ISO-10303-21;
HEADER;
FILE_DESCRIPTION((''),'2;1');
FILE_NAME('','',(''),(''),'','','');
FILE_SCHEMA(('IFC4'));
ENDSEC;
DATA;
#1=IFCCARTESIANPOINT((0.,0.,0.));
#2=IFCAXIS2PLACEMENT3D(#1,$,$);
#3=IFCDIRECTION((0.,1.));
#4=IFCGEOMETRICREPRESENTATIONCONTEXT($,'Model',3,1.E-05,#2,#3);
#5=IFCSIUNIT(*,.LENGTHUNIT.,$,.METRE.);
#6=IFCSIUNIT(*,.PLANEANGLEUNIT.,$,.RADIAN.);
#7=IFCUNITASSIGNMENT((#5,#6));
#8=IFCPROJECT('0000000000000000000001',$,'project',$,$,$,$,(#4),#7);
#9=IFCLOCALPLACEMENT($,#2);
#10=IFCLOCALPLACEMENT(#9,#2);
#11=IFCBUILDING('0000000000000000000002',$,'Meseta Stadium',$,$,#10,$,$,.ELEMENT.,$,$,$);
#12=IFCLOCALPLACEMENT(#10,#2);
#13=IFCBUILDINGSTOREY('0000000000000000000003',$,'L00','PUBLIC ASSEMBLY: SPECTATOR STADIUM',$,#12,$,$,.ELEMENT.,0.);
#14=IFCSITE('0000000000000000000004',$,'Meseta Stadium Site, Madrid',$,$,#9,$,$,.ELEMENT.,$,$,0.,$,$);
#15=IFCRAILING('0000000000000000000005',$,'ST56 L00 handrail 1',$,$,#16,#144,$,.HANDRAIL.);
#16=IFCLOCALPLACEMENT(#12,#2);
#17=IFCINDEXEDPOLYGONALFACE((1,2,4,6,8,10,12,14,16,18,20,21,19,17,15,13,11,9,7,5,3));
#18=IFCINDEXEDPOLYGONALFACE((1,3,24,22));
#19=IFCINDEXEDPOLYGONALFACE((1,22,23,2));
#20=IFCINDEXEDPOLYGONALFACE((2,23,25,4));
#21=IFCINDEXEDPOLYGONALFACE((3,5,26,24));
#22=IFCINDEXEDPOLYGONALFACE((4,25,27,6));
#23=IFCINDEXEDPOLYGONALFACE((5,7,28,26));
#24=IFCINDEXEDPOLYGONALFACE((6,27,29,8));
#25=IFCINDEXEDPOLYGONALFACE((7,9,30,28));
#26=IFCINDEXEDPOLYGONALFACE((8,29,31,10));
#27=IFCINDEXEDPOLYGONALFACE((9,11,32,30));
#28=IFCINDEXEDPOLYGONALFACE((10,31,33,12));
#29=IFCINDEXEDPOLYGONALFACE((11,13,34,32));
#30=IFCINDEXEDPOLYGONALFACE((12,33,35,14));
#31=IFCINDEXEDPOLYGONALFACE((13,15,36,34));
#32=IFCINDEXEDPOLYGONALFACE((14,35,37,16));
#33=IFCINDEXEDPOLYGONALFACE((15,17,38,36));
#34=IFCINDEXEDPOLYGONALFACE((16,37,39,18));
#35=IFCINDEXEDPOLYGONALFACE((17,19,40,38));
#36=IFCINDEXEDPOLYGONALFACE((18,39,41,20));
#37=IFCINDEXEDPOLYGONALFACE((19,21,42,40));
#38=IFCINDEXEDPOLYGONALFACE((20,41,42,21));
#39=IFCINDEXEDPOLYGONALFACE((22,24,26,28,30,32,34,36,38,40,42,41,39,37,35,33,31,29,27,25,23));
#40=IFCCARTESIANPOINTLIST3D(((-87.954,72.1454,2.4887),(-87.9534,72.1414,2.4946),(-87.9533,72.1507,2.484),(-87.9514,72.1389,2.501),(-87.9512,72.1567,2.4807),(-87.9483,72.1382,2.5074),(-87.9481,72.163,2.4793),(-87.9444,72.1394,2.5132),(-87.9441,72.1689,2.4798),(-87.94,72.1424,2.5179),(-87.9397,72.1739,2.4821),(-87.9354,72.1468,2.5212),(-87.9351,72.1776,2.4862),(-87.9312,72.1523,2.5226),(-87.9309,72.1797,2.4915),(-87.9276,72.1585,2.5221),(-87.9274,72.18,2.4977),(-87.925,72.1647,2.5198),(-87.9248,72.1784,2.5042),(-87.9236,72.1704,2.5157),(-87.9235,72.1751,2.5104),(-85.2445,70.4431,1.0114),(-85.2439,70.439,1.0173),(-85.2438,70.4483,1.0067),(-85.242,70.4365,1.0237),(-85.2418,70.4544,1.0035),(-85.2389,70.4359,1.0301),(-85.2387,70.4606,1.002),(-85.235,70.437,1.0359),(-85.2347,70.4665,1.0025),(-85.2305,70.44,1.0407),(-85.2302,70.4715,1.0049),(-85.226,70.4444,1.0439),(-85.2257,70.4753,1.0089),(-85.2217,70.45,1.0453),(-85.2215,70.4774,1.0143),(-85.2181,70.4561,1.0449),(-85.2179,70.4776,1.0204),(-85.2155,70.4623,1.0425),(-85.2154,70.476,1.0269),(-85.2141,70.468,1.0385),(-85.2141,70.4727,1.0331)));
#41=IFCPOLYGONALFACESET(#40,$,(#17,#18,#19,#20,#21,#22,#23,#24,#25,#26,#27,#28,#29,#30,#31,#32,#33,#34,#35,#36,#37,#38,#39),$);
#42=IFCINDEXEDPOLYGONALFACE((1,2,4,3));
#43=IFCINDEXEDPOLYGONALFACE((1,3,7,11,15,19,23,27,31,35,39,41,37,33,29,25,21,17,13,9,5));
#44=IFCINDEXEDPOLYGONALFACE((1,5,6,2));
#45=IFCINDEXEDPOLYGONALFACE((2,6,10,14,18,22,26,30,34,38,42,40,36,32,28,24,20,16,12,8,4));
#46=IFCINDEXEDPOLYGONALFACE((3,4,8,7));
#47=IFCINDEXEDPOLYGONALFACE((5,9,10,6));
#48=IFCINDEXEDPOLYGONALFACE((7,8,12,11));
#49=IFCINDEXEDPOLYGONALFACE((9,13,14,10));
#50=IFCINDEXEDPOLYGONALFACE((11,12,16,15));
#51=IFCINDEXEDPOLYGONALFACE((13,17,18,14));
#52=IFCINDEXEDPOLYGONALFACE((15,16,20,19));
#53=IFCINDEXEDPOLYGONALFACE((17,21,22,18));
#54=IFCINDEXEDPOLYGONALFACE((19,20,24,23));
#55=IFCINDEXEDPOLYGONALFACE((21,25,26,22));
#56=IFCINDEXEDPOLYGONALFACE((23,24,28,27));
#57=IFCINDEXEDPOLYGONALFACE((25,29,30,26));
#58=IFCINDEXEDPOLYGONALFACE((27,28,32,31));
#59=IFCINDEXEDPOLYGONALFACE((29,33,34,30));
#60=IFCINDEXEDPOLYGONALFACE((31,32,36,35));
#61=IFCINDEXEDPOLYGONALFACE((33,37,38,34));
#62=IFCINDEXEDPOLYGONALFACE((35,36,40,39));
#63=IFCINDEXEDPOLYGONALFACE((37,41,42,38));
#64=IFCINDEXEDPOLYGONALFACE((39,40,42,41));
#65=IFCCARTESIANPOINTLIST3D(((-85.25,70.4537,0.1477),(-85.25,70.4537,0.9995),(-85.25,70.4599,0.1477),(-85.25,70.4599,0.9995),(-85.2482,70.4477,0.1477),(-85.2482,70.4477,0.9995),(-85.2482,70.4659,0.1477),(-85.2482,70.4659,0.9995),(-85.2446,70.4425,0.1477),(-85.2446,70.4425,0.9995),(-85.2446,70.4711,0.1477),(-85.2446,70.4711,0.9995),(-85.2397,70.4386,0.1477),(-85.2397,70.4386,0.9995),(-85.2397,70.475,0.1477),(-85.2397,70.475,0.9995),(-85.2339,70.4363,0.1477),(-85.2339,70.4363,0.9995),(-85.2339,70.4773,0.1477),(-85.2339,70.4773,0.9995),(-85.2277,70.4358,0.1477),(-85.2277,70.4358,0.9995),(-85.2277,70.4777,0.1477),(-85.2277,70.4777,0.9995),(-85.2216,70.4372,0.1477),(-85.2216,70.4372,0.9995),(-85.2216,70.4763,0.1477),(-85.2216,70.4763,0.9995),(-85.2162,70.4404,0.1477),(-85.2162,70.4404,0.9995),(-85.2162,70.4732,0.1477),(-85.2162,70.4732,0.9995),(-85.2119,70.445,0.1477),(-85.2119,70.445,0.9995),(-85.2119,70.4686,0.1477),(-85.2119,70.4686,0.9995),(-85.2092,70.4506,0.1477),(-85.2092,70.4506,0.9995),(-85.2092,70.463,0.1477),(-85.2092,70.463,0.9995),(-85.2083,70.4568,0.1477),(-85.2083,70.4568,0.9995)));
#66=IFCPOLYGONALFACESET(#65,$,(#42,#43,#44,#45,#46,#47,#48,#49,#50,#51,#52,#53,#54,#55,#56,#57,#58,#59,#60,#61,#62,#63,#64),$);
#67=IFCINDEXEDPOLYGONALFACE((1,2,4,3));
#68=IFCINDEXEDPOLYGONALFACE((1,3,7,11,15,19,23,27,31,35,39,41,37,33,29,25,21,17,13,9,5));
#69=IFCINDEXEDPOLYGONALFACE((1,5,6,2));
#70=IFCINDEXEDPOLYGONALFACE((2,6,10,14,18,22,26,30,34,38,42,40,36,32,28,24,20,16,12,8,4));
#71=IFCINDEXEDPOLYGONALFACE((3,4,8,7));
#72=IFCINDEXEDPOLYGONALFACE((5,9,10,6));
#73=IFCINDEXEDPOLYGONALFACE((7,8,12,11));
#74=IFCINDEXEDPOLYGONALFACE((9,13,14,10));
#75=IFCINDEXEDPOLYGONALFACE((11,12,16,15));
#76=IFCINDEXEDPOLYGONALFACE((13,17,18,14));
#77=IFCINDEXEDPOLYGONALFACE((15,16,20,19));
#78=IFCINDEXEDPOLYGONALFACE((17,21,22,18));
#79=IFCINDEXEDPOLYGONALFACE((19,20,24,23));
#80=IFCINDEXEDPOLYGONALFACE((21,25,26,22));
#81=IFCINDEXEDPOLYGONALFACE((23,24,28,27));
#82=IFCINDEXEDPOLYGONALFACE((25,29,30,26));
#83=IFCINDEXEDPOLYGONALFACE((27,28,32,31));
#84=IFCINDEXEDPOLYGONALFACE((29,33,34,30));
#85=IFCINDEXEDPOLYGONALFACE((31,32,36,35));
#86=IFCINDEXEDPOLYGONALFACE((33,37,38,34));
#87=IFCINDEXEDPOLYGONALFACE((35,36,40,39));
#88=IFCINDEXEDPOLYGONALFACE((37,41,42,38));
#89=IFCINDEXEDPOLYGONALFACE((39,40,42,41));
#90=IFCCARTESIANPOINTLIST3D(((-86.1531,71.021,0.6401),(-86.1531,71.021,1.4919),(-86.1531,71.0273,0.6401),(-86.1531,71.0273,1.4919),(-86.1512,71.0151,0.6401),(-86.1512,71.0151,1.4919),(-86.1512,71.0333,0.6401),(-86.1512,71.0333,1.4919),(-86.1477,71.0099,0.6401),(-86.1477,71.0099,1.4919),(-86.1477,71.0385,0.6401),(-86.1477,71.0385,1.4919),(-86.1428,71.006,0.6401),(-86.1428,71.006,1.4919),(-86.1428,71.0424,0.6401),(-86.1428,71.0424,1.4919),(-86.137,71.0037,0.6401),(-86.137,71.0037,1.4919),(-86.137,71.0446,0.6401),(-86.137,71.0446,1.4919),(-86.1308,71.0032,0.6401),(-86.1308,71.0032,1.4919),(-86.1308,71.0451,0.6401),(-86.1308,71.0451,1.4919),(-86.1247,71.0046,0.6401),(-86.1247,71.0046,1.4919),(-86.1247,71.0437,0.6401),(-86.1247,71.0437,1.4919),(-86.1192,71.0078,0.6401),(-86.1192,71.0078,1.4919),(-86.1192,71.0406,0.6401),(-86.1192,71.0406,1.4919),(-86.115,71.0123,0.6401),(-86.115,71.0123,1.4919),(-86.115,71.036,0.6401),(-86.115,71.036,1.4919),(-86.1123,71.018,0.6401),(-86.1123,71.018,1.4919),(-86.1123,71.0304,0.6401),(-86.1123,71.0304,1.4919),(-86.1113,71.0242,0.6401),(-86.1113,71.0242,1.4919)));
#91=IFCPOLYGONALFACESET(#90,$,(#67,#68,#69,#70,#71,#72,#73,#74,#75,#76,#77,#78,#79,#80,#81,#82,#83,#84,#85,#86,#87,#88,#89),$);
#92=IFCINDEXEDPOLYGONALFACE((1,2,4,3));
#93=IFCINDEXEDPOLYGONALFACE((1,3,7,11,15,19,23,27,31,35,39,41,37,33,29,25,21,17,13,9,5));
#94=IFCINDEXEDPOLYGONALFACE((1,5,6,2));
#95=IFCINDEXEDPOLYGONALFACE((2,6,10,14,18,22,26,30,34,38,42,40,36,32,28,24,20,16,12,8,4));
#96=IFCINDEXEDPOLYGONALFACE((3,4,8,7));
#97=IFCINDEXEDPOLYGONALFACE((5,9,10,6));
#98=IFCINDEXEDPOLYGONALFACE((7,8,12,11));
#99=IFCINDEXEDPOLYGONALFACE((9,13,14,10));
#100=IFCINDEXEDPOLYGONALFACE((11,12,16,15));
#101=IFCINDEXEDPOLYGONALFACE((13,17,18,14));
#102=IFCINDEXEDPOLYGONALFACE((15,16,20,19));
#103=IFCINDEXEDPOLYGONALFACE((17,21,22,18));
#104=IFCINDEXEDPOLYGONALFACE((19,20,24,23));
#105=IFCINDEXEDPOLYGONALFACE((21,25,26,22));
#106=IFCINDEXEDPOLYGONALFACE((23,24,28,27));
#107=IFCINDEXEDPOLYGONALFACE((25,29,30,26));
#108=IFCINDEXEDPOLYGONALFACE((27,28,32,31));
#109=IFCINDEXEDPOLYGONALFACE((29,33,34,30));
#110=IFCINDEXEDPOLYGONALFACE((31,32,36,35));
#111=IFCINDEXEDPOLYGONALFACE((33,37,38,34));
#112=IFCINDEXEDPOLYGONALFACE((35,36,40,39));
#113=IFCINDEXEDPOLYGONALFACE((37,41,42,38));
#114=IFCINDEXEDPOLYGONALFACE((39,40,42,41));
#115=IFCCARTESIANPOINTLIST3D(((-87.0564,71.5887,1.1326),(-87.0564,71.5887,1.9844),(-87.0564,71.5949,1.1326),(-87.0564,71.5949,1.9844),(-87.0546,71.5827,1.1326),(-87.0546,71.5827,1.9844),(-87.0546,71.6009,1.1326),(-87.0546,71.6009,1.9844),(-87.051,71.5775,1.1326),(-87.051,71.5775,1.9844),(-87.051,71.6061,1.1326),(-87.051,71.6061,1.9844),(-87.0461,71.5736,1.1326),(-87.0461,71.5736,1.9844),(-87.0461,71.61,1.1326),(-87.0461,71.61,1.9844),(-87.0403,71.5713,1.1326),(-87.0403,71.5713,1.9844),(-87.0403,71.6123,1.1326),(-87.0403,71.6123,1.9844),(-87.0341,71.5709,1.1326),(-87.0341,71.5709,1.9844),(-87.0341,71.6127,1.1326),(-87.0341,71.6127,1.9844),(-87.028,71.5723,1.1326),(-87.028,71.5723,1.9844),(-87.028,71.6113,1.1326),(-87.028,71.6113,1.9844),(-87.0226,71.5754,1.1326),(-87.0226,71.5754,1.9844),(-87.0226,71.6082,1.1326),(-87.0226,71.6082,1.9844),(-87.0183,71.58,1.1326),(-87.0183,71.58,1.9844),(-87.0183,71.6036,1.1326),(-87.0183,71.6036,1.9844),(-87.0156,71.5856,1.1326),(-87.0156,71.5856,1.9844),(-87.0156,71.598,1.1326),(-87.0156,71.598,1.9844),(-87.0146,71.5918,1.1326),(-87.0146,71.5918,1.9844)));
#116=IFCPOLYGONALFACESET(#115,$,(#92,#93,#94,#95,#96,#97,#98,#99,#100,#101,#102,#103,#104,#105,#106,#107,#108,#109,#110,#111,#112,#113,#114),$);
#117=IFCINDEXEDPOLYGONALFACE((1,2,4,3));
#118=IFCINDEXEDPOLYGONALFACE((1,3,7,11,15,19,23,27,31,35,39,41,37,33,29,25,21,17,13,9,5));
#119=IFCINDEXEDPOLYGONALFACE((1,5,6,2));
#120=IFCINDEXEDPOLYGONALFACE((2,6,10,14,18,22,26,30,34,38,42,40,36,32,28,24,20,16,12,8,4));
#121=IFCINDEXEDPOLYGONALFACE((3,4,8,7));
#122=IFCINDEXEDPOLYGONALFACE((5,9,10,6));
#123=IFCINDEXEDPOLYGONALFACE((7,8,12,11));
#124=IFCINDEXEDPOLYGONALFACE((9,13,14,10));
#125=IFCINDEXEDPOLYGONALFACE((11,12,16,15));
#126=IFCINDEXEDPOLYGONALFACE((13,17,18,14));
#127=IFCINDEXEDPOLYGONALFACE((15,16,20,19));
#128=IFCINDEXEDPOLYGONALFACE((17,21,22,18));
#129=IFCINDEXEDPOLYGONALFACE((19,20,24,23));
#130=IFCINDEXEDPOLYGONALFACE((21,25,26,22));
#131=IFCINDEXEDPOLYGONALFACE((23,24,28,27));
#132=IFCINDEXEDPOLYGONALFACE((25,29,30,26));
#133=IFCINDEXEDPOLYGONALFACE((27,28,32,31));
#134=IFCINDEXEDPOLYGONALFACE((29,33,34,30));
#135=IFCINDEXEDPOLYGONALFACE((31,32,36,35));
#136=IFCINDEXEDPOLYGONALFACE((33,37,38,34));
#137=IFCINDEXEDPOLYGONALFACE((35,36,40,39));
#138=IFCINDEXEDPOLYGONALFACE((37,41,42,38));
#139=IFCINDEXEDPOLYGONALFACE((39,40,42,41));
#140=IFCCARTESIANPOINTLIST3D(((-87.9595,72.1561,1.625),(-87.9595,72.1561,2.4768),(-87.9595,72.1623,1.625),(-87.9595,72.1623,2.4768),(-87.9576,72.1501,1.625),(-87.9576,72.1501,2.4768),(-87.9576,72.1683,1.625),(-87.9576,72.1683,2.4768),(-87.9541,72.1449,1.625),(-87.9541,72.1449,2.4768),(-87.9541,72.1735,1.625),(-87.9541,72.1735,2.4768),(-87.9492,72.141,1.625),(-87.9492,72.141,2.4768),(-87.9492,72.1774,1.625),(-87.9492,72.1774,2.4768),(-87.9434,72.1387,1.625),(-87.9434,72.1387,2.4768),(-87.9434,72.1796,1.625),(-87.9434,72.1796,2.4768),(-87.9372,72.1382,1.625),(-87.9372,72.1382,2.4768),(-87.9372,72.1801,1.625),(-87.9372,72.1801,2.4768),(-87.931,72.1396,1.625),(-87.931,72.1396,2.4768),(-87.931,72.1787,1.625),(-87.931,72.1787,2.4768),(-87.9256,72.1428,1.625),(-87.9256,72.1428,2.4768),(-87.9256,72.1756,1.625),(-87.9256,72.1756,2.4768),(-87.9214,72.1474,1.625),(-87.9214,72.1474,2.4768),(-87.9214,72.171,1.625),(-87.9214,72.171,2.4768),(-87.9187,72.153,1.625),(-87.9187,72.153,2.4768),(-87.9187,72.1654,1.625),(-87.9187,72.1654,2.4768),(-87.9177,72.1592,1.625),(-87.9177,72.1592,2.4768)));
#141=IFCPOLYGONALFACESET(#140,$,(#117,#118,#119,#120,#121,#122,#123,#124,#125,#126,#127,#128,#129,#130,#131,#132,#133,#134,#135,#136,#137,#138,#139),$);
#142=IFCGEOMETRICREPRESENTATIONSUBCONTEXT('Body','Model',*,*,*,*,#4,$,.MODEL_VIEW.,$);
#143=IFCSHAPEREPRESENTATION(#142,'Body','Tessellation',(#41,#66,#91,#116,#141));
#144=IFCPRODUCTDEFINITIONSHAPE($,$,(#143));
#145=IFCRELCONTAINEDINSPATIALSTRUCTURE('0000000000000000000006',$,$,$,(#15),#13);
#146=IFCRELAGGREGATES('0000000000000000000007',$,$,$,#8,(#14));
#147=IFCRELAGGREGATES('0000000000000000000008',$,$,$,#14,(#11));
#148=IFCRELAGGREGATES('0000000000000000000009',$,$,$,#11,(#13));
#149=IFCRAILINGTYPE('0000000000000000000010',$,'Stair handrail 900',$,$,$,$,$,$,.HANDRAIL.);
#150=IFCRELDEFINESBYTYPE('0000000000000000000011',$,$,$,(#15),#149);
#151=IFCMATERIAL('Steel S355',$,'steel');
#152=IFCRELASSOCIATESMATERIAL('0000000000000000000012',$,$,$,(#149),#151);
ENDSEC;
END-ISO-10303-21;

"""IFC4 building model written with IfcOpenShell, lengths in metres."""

from ifc_helpers import new_model, si_unit, direction, frame, origin, origin_2d, place, context, subcontext, project, spatial, circle, extrude, material, type_object, element, save


model = new_model("IFC4")

# Units and contexts
model_context = context("Model", 3, precision=1e-05, world=origin(), true_north=direction((0.0, 1.0)))
body_context = subcontext(model_context, "Body", "Model", "MODEL_VIEW")
ifc_project = project(units=[si_unit("LENGTHUNIT", "METRE"), si_unit("PLANEANGLEUNIT", "RADIAN")], contexts=[model_context])

# Site, building, storey
site_placement = place(None, origin())
site = spatial("IfcSite", under=ifc_project, at=site_placement, Name="Meseta Stadium Site, Madrid", CompositionType="ELEMENT", RefElevation=0.0)
building_placement = place(site_placement, origin())
building = spatial("IfcBuilding", under=site, at=building_placement, Name="Meseta Stadium", CompositionType="ELEMENT")
storey_placement = place(building_placement, origin())
storey = spatial("IfcBuildingStorey", under=building, at=storey_placement, Name="L00", Description="PUBLIC ASSEMBLY: SPECTATOR STADIUM", CompositionType="ELEMENT", Elevation=0.0)

# Railing
ifc_material_1 = material(Name="Steel S355", Category="steel")
railing_type_1 = type_object("IfcRailingType", Name="Stair handrail 900", PredefinedType="HANDRAIL", material=ifc_material_1)
railing_1_placement = place(storey_placement, frame((-85.2292, 70.4568, 0.1477)))
element("IfcRailing", 1, at=railing_1_placement, inside=storey, type_object=railing_type_1, Name="ST56 L00 handrail 1", PredefinedType="HANDRAIL", context=body_context, shape_type="SweptSolid", body=[
    extrude(circle(Radius=0.0239, at=origin_2d()), frame((0.0, 0.0, 0.876), z_axis=(-0.768764, 0.483023, 0.419156), x_axis=(-0.532014, -0.846736, 0.0)), (0.0, 0.0, 1.0), 3.5244),
    extrude(circle(Radius=0.021, at=origin_2d()), origin(), (0.0, 0.0, 1.0), 0.8518),
    extrude(circle(Radius=0.021, at=origin_2d()), frame((-0.9031, 0.5674, 0.4924)), (0.0, 0.0, 1.0), 0.8518),
    extrude(circle(Radius=0.021, at=origin_2d()), frame((-1.8064, 1.135, 0.9849)), (0.0, 0.0, 1.0), 0.8518),
    extrude(circle(Radius=0.021, at=origin_2d()), frame((-2.7095, 1.7024, 1.4773)), (0.0, 0.0, 1.0), 0.8518),
])

save(model, "model.ifc")
